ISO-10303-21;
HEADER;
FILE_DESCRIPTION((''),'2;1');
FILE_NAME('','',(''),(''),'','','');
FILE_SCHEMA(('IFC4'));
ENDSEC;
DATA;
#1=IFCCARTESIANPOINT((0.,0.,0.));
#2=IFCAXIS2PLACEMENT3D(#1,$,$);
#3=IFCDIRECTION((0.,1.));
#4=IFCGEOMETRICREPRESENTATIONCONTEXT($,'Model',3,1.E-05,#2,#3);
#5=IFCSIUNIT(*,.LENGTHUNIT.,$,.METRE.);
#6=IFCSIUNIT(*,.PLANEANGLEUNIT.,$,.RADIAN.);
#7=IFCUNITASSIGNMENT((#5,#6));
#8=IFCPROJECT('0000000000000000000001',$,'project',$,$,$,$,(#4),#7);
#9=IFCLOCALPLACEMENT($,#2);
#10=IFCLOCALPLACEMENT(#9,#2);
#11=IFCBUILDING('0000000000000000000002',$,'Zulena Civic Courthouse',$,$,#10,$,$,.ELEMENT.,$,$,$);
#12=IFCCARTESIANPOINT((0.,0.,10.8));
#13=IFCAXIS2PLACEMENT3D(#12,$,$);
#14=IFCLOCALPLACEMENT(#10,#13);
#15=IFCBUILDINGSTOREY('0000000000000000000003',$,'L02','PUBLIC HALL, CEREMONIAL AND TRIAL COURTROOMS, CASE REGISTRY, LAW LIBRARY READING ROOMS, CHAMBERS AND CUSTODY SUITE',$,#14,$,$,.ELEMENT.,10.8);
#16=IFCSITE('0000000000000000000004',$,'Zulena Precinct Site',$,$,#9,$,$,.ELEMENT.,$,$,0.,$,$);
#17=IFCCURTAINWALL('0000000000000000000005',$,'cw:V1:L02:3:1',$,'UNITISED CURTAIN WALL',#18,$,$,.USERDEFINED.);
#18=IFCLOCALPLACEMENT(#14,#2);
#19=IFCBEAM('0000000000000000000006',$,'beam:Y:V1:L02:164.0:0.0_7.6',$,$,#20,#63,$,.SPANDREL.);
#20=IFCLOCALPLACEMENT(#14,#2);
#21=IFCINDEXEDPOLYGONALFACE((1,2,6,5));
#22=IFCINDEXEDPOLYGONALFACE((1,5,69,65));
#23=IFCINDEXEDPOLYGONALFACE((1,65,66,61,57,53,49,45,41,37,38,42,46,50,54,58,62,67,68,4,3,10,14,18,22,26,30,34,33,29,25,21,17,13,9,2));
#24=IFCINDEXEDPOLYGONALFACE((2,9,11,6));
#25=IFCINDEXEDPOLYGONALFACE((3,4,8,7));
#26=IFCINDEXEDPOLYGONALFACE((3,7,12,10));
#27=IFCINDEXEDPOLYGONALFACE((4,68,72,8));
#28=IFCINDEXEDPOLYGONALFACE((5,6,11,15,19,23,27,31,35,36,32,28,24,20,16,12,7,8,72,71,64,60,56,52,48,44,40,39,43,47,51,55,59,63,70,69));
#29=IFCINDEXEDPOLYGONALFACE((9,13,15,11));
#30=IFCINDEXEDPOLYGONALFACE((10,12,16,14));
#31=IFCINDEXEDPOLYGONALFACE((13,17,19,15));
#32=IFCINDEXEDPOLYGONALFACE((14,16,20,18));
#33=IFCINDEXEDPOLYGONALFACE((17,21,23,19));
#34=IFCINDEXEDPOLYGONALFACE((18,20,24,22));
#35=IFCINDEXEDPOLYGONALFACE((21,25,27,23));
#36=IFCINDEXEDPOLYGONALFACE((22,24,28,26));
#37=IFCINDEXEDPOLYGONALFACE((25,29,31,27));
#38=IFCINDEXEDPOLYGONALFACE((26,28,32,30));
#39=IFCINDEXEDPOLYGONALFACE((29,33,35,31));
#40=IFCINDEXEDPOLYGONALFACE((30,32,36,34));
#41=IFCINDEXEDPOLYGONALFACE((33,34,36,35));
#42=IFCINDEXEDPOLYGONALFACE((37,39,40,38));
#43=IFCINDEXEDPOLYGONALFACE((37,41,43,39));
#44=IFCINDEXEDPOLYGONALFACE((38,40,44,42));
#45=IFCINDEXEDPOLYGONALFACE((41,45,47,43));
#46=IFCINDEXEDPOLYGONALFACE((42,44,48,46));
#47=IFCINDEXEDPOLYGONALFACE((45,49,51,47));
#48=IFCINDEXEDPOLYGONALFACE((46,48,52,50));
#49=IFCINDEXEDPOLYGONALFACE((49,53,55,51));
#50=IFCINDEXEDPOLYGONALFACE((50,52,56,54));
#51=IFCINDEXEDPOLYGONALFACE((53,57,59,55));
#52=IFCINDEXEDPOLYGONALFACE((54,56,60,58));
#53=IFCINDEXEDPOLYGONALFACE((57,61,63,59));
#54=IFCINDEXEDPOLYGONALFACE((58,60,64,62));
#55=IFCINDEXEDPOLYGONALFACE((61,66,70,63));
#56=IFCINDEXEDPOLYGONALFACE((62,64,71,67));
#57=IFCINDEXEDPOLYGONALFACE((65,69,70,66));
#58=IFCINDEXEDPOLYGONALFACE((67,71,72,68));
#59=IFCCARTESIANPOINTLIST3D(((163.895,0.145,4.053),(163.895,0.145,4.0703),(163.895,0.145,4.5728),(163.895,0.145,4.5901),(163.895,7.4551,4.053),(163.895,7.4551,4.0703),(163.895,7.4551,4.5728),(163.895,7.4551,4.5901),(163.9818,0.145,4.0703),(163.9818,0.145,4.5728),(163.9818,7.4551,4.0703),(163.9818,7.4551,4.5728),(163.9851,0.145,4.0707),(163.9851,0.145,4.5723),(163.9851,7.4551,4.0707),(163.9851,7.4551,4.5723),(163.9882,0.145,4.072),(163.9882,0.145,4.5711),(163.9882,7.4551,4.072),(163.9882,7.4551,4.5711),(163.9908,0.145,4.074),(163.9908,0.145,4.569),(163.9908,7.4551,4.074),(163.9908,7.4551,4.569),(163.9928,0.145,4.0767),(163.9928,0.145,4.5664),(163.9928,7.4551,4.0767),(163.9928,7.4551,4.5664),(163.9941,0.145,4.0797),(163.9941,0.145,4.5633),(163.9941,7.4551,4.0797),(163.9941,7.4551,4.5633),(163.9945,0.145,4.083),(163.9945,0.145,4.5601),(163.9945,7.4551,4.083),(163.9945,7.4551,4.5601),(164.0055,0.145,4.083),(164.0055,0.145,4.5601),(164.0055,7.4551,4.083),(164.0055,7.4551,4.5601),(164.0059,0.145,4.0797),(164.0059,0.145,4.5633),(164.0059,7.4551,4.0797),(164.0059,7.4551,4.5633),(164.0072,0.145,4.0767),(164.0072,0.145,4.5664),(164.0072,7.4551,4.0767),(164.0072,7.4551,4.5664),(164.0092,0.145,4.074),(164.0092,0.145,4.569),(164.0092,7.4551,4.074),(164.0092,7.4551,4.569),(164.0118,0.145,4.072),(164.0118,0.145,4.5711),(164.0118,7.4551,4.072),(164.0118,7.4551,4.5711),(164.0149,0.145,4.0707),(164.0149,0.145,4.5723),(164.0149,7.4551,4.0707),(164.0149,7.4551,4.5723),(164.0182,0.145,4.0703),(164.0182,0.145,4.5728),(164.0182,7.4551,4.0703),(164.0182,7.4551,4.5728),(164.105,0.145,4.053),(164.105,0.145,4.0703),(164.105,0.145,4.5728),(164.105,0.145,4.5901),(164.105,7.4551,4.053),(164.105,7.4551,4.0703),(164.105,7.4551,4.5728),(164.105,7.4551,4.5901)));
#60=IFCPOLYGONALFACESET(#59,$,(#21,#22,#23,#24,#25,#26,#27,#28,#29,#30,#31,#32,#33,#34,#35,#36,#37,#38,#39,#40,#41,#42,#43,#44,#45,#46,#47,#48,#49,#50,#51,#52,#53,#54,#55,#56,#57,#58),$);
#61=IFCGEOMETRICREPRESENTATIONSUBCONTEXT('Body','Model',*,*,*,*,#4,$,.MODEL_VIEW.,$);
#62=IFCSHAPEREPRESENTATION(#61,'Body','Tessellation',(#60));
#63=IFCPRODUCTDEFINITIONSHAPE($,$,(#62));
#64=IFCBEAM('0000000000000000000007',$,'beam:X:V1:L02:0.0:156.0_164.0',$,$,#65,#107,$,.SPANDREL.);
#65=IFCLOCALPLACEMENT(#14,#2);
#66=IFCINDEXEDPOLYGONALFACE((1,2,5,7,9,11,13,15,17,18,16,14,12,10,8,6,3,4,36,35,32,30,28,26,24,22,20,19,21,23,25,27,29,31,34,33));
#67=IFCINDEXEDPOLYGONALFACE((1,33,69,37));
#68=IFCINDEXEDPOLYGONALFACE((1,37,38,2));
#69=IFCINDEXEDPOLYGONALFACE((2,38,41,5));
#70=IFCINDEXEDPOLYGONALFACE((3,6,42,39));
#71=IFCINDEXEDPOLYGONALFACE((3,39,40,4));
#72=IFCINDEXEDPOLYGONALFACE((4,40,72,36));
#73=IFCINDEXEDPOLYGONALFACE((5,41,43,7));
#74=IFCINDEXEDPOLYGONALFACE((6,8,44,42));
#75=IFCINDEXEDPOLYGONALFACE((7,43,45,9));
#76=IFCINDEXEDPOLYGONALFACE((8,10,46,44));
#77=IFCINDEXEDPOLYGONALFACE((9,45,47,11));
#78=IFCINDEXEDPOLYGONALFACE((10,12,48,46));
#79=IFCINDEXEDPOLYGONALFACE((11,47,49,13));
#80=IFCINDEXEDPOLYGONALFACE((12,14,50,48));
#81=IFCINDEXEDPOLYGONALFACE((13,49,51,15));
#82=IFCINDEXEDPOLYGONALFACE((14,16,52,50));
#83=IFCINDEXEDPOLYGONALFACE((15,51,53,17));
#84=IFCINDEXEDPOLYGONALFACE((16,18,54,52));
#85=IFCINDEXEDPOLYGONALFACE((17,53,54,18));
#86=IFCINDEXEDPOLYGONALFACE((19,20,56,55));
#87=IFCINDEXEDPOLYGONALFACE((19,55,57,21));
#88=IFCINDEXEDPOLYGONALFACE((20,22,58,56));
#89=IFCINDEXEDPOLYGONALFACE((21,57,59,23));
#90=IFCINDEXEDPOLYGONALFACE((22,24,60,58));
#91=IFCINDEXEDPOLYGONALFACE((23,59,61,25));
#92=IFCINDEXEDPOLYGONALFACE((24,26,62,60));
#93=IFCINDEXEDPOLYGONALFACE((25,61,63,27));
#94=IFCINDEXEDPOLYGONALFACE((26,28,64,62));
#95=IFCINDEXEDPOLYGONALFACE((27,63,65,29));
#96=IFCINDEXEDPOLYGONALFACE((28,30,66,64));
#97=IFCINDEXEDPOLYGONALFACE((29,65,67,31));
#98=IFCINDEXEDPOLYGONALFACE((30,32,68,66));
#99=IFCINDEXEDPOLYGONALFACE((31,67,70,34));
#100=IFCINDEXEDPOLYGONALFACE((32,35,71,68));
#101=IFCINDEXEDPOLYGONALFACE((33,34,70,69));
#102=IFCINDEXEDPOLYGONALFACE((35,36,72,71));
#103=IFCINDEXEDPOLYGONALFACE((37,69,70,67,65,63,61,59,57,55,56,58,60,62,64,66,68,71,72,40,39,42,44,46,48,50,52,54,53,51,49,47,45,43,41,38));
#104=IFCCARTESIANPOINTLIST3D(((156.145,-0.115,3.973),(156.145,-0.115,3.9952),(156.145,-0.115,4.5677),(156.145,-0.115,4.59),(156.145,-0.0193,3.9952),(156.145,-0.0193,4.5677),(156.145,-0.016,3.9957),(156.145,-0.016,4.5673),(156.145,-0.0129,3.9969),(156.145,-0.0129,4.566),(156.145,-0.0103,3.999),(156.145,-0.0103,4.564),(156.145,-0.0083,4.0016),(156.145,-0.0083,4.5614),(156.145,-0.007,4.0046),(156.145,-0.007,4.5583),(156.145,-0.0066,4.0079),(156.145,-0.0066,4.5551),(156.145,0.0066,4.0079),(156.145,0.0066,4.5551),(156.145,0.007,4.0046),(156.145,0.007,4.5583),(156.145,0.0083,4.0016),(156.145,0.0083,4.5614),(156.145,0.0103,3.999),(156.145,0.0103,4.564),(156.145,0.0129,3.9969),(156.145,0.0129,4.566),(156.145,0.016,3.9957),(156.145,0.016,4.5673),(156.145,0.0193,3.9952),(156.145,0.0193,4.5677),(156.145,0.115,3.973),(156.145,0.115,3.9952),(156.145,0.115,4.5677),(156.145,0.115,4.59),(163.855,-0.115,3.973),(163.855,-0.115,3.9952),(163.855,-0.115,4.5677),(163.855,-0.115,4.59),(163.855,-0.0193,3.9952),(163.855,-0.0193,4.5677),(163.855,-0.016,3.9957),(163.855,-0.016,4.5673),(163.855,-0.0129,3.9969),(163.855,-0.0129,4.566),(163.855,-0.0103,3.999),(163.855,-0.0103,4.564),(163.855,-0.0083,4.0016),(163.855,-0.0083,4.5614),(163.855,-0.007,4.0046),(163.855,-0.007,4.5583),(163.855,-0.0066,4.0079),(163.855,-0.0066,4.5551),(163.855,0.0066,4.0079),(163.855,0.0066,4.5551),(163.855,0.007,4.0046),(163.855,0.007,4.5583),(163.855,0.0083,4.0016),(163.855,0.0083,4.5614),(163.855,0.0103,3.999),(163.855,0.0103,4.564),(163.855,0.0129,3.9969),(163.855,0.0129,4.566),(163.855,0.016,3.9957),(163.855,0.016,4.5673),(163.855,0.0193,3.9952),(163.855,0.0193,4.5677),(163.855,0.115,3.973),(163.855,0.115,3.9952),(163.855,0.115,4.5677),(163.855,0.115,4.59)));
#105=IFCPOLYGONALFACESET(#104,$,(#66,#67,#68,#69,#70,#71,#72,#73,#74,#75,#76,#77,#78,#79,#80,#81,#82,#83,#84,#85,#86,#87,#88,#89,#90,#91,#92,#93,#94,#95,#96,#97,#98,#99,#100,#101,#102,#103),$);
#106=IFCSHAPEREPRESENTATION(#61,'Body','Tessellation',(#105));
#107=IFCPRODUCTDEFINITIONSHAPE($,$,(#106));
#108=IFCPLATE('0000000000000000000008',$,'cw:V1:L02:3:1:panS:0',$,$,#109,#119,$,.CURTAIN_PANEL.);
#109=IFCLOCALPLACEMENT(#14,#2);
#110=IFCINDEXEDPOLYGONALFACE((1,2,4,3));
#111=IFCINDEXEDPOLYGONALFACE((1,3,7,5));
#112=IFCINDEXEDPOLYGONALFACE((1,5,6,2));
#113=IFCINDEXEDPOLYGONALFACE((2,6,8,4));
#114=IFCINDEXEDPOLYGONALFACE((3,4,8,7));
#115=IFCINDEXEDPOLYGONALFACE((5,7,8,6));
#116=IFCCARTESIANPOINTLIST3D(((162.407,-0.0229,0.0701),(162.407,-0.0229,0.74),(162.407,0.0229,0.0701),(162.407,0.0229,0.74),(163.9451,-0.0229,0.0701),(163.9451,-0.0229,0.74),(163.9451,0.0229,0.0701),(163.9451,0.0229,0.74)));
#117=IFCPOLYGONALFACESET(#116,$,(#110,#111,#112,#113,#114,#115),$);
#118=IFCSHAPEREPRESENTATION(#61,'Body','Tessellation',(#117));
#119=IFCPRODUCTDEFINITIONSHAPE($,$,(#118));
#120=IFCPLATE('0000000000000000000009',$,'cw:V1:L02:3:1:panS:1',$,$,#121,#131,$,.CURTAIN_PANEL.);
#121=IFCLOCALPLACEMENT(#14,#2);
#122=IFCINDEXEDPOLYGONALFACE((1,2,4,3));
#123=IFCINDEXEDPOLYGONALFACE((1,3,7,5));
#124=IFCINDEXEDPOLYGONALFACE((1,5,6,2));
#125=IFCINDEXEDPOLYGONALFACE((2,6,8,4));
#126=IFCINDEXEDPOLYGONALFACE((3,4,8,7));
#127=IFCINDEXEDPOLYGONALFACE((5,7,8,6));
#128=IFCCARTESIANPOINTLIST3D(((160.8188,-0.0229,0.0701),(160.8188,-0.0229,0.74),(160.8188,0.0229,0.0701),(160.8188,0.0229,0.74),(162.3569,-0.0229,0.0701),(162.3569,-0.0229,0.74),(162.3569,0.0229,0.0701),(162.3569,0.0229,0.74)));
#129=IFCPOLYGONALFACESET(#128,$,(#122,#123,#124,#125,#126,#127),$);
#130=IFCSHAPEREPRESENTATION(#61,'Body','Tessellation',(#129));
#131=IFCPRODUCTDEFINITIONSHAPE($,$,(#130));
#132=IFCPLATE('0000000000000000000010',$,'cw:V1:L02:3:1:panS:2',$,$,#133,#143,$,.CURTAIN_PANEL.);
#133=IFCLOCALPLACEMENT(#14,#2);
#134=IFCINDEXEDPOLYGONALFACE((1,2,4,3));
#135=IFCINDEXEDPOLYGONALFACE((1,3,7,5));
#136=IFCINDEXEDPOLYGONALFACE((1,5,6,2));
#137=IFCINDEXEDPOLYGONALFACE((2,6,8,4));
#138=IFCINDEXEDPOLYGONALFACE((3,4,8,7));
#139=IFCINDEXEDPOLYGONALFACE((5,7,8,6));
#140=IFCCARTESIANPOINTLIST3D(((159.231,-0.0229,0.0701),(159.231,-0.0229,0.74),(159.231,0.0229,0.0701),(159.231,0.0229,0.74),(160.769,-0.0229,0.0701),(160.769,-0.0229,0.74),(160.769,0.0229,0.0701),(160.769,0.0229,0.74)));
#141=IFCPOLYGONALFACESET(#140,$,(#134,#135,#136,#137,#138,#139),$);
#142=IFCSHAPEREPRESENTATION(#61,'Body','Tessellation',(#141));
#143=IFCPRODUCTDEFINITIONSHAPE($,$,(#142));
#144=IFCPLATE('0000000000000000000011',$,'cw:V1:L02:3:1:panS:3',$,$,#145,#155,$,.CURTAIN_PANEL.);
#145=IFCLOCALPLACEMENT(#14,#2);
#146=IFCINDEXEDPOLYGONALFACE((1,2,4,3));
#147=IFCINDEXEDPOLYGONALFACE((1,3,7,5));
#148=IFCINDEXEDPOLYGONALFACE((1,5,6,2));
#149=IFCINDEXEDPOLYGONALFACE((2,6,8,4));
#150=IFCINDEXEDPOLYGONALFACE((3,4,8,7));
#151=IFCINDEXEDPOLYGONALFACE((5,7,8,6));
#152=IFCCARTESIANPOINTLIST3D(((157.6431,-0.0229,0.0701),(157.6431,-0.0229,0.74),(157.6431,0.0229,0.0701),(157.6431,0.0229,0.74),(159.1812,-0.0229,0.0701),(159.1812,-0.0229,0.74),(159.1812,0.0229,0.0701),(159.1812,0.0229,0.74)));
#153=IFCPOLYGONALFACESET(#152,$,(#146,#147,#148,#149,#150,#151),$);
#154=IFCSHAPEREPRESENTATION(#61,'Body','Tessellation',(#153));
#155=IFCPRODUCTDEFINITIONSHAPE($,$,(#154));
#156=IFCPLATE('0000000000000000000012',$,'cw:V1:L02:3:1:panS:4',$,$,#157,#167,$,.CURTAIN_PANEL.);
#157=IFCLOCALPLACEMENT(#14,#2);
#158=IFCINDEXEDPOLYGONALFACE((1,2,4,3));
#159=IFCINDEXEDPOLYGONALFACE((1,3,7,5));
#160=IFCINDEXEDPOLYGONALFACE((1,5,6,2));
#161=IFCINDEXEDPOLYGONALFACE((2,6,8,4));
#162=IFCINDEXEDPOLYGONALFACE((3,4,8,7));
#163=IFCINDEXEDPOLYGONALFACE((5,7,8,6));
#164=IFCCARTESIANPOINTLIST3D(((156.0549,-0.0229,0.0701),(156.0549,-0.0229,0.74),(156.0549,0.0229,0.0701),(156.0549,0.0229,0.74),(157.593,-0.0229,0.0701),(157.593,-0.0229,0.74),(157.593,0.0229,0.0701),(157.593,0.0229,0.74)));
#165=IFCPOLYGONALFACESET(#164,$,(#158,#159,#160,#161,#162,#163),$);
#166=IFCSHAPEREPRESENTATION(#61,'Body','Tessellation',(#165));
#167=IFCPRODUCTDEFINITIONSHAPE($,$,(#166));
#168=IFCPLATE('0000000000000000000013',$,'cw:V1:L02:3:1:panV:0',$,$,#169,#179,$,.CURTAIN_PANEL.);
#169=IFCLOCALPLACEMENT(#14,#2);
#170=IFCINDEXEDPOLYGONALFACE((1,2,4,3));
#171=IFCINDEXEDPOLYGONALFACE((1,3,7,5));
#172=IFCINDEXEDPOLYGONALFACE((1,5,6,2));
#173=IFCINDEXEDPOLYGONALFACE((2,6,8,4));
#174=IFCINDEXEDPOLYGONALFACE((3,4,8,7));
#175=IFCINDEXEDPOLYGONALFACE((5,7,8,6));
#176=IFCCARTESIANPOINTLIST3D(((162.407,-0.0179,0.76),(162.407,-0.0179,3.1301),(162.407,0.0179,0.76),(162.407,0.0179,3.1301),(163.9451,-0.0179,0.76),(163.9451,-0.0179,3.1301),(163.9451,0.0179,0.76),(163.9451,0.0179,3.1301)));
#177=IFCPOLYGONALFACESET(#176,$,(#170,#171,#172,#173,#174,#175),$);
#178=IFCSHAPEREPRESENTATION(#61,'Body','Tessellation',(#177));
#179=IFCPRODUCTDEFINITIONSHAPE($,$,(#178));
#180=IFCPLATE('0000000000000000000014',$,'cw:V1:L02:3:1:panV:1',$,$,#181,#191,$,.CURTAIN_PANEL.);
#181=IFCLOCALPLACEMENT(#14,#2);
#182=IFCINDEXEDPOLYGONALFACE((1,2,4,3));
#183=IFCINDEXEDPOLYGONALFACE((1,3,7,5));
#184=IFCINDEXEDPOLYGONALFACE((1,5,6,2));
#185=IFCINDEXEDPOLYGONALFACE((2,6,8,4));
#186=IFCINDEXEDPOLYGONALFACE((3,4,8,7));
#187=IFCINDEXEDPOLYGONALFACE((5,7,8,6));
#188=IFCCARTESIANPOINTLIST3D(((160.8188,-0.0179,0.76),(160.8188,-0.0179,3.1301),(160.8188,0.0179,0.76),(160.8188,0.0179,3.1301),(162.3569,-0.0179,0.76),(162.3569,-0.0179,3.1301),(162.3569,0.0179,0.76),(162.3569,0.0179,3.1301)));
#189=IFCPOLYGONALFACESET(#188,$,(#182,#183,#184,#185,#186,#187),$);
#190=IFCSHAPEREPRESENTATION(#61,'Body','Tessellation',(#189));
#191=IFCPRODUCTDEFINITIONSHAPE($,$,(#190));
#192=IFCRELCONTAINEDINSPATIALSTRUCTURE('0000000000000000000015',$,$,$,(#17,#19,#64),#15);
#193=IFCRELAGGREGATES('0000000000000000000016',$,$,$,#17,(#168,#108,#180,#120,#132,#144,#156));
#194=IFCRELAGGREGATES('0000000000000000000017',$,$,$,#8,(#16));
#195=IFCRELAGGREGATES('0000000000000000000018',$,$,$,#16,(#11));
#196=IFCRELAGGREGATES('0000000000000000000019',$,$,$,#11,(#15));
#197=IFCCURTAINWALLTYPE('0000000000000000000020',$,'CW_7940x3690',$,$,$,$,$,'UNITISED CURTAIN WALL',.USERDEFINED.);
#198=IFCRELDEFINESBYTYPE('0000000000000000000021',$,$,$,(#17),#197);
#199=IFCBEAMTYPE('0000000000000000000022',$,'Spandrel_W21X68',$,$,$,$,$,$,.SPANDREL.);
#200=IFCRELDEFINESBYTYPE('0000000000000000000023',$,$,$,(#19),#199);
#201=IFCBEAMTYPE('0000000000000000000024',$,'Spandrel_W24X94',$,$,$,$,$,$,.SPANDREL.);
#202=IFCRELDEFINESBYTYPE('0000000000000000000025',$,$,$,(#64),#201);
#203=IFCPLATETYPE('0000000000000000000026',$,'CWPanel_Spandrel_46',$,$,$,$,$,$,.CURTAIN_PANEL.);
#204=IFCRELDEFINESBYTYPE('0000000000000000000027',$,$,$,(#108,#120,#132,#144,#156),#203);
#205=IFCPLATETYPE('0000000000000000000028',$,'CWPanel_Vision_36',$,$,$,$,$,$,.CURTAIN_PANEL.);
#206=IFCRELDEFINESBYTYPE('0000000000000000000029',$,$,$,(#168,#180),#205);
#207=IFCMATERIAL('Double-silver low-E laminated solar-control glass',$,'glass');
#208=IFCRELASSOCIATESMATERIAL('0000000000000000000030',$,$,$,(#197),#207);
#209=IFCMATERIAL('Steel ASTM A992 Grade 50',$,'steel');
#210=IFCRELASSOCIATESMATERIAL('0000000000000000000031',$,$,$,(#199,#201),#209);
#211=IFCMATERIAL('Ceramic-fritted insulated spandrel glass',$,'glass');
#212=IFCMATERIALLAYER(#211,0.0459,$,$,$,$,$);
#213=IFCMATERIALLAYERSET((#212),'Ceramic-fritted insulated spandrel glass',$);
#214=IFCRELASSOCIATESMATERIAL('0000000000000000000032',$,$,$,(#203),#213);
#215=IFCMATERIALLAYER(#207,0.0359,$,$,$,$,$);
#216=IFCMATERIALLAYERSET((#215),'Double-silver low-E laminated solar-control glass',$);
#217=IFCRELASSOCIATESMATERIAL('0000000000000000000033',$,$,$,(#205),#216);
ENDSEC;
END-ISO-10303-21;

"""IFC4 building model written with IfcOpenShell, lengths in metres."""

from ifc_helpers import new_model, si_unit, direction, frame, origin, origin_2d, place, context, subcontext, project, spatial, rectangle, i_section, extrude, material, layer, layer_set, material_profile, profile_set, type_object, element, aggregate, save


model = new_model("IFC4")

# Units and contexts
model_context = context("Model", 3, precision=1e-05, world=origin(), true_north=direction((0.0, 1.0)))
body_context = subcontext(model_context, "Body", "Model", "MODEL_VIEW")
ifc_project = project(units=[si_unit("LENGTHUNIT", "METRE"), si_unit("PLANEANGLEUNIT", "RADIAN")], contexts=[model_context])

# Site, building, storey
site_placement = place(None, origin())
site = spatial("IfcSite", under=ifc_project, at=site_placement, Name="Zulena Precinct Site", CompositionType="ELEMENT", RefElevation=0.0)
building_placement = place(site_placement, origin())
building = spatial("IfcBuilding", under=site, at=building_placement, Name="Zulena Civic Courthouse", CompositionType="ELEMENT")
storey_placement = place(building_placement, frame((0.0, 0.0, 10.8)))
storey = spatial("IfcBuildingStorey", under=building, at=storey_placement, Name="L02", Description="PUBLIC HALL, CEREMONIAL AND TRIAL COURTROOMS, CASE REGISTRY, LAW LIBRARY READING ROOMS, CHAMBERS AND CUSTODY SUITE", CompositionType="ELEMENT", Elevation=10.8)

# Shared definitions
ifc_material_1 = material(Name="Steel ASTM A992 Grade 50", Category="steel")

# Curtain wall
ifc_material_2 = material(Name="Double-silver low-E laminated solar-control glass", Category="glass")
curtain_wall_type = type_object("IfcCurtainWallType", Name="CW_7940x3690", ElementType="UNITISED CURTAIN WALL", PredefinedType="USERDEFINED", material=ifc_material_2)
curtain_wall_placement = place(storey_placement, origin())
curtain_wall = element("IfcCurtainWall", 1, at=curtain_wall_placement, inside=storey, type_object=curtain_wall_type, Name="cw:V1:L02:3:1", ObjectType="UNITISED CURTAIN WALL", PredefinedType="USERDEFINED")

# Beams
ifc_material_profile_1 = material_profile(ifc_material_1, i_section(OverallWidth=0.21, OverallDepth=0.5371, WebThickness=0.011, FlangeThickness=0.0173, FilletRadius=0.0127, at=origin_2d()), Name="W21X68")
ifc_profile_set_1 = profile_set([ifc_material_profile_1], Name="Steel ASTM A992 Grade 50")
beam_type_1 = type_object("IfcBeamType", Name="Spandrel_W21X68", PredefinedType="SPANDREL", material=ifc_profile_set_1)
beam_1_placement = place(storey_placement, frame((164.0, 0.145, 4.3215), z_axis=(0.0, 1.0, 0.0), x_axis=(-1.0, 0.0, 0.0)))
element("IfcBeam", 2, at=beam_1_placement, inside=storey, type_object=beam_type_1, Name="beam:Y:V1:L02:164.0:0.0_7.6", PredefinedType="SPANDREL", context=body_context, shape_type="SweptSolid", body=[
    extrude(i_section(OverallWidth=0.21, OverallDepth=0.5371, WebThickness=0.011, FlangeThickness=0.0173, FilletRadius=0.0127, at=origin_2d()), origin(), (0.0, 0.0, 1.0), 7.3101),
])
ifc_material_profile_2 = material_profile(ifc_material_1, i_section(OverallWidth=0.23, OverallDepth=0.6169, WebThickness=0.0132, FlangeThickness=0.0222, FilletRadius=0.0127, at=origin_2d()), Name="W24X94")
ifc_profile_set_2 = profile_set([ifc_material_profile_2], Name="Steel ASTM A992 Grade 50")
beam_type_2 = type_object("IfcBeamType", Name="Spandrel_W24X94", PredefinedType="SPANDREL", material=ifc_profile_set_2)
beam_2_placement = place(storey_placement, frame((156.145, 0.0, 4.2815), z_axis=(1.0, 0.0, 0.0), x_axis=(0.0, 1.0, 0.0)))
element("IfcBeam", 3, at=beam_2_placement, inside=storey, type_object=beam_type_2, Name="beam:X:V1:L02:0.0:156.0_164.0", PredefinedType="SPANDREL", context=body_context, shape_type="SweptSolid", body=[
    extrude(i_section(OverallWidth=0.23, OverallDepth=0.6169, WebThickness=0.0132, FlangeThickness=0.0222, FilletRadius=0.0127, at=origin_2d()), origin(), (0.0, 0.0, 1.0), 7.71),
])

# Plates
ifc_material_3 = material(Name="Ceramic-fritted insulated spandrel glass", Category="glass")
ifc_layer_1 = layer(ifc_material_3, 0.0459)
ifc_layer_set_1 = layer_set([ifc_layer_1], Name="Ceramic-fritted insulated spandrel glass")
plate_type_1 = type_object("IfcPlateType", Name="CWPanel_Spandrel_46", PredefinedType="CURTAIN_PANEL", material=ifc_layer_set_1)
plate_1_placement = place(storey_placement, frame((163.176, 0.0, 0.0701), z_axis=(0.0, 0.0, 1.0), x_axis=(-1.0, 0.0, 0.0)))
plate_1 = element("IfcPlate", 4, at=plate_1_placement, type_object=plate_type_1, Name="cw:V1:L02:3:1:panS:0", PredefinedType="CURTAIN_PANEL", context=body_context, shape_type="SweptSolid", body=[
    extrude(rectangle(XDim=1.5381, YDim=0.0459, at=origin_2d()), origin(), (0.0, 0.0, 1.0), 0.6699),
])
plate_2_placement = place(storey_placement, frame((161.5879, 0.0, 0.0701), z_axis=(0.0, 0.0, 1.0), x_axis=(-1.0, 0.0, 0.0)))
plate_2 = element("IfcPlate", 5, at=plate_2_placement, type_object=plate_type_1, Name="cw:V1:L02:3:1:panS:1", PredefinedType="CURTAIN_PANEL", context=body_context, shape_type="SweptSolid", body=[
    extrude(rectangle(XDim=1.5381, YDim=0.0459, at=origin_2d()), origin(), (0.0, 0.0, 1.0), 0.6699),
])
plate_3_placement = place(storey_placement, frame((160.0, 0.0, 0.0701), z_axis=(0.0, 0.0, 1.0), x_axis=(-1.0, 0.0, 0.0)))
plate_3 = element("IfcPlate", 6, at=plate_3_placement, type_object=plate_type_1, Name="cw:V1:L02:3:1:panS:2", PredefinedType="CURTAIN_PANEL", context=body_context, shape_type="SweptSolid", body=[
    extrude(rectangle(XDim=1.5381, YDim=0.0459, at=origin_2d()), origin(), (0.0, 0.0, 1.0), 0.6699),
])
plate_4_placement = place(storey_placement, frame((158.4121, 0.0, 0.0701), z_axis=(0.0, 0.0, 1.0), x_axis=(-1.0, 0.0, 0.0)))
plate_4 = element("IfcPlate", 7, at=plate_4_placement, type_object=plate_type_1, Name="cw:V1:L02:3:1:panS:3", PredefinedType="CURTAIN_PANEL", context=body_context, shape_type="SweptSolid", body=[
    extrude(rectangle(XDim=1.5381, YDim=0.0459, at=origin_2d()), origin(), (0.0, 0.0, 1.0), 0.6699),
])
plate_5_placement = place(storey_placement, frame((156.824, 0.0, 0.0701), z_axis=(0.0, 0.0, 1.0), x_axis=(-1.0, 0.0, 0.0)))
plate_5 = element("IfcPlate", 8, at=plate_5_placement, type_object=plate_type_1, Name="cw:V1:L02:3:1:panS:4", PredefinedType="CURTAIN_PANEL", context=body_context, shape_type="SweptSolid", body=[
    extrude(rectangle(XDim=1.5381, YDim=0.0459, at=origin_2d()), origin(), (0.0, 0.0, 1.0), 0.6699),
])
ifc_layer_2 = layer(ifc_material_2, 0.0359)
ifc_layer_set_2 = layer_set([ifc_layer_2], Name="Double-silver low-E laminated solar-control glass")
plate_type_2 = type_object("IfcPlateType", Name="CWPanel_Vision_36", PredefinedType="CURTAIN_PANEL", material=ifc_layer_set_2)
plate_6_placement = place(storey_placement, frame((163.176, 0.0, 0.76), z_axis=(0.0, 0.0, 1.0), x_axis=(-1.0, 0.0, 0.0)))
plate_6 = element("IfcPlate", 9, at=plate_6_placement, type_object=plate_type_2, Name="cw:V1:L02:3:1:panV:0", PredefinedType="CURTAIN_PANEL", context=body_context, shape_type="SweptSolid", body=[
    extrude(rectangle(XDim=1.5381, YDim=0.0359, at=origin_2d()), origin(), (0.0, 0.0, 1.0), 2.3701),
])
plate_7_placement = place(storey_placement, frame((161.5879, 0.0, 0.76), z_axis=(0.0, 0.0, 1.0), x_axis=(-1.0, 0.0, 0.0)))
plate_7 = element("IfcPlate", 10, at=plate_7_placement, type_object=plate_type_2, Name="cw:V1:L02:3:1:panV:1", PredefinedType="CURTAIN_PANEL", context=body_context, shape_type="SweptSolid", body=[
    extrude(rectangle(XDim=1.5381, YDim=0.0359, at=origin_2d()), origin(), (0.0, 0.0, 1.0), 2.3701),
])
aggregate(curtain_wall, [plate_6, plate_1, plate_7, plate_2, plate_3, plate_4, plate_5])

save(model, "model.ifc")
